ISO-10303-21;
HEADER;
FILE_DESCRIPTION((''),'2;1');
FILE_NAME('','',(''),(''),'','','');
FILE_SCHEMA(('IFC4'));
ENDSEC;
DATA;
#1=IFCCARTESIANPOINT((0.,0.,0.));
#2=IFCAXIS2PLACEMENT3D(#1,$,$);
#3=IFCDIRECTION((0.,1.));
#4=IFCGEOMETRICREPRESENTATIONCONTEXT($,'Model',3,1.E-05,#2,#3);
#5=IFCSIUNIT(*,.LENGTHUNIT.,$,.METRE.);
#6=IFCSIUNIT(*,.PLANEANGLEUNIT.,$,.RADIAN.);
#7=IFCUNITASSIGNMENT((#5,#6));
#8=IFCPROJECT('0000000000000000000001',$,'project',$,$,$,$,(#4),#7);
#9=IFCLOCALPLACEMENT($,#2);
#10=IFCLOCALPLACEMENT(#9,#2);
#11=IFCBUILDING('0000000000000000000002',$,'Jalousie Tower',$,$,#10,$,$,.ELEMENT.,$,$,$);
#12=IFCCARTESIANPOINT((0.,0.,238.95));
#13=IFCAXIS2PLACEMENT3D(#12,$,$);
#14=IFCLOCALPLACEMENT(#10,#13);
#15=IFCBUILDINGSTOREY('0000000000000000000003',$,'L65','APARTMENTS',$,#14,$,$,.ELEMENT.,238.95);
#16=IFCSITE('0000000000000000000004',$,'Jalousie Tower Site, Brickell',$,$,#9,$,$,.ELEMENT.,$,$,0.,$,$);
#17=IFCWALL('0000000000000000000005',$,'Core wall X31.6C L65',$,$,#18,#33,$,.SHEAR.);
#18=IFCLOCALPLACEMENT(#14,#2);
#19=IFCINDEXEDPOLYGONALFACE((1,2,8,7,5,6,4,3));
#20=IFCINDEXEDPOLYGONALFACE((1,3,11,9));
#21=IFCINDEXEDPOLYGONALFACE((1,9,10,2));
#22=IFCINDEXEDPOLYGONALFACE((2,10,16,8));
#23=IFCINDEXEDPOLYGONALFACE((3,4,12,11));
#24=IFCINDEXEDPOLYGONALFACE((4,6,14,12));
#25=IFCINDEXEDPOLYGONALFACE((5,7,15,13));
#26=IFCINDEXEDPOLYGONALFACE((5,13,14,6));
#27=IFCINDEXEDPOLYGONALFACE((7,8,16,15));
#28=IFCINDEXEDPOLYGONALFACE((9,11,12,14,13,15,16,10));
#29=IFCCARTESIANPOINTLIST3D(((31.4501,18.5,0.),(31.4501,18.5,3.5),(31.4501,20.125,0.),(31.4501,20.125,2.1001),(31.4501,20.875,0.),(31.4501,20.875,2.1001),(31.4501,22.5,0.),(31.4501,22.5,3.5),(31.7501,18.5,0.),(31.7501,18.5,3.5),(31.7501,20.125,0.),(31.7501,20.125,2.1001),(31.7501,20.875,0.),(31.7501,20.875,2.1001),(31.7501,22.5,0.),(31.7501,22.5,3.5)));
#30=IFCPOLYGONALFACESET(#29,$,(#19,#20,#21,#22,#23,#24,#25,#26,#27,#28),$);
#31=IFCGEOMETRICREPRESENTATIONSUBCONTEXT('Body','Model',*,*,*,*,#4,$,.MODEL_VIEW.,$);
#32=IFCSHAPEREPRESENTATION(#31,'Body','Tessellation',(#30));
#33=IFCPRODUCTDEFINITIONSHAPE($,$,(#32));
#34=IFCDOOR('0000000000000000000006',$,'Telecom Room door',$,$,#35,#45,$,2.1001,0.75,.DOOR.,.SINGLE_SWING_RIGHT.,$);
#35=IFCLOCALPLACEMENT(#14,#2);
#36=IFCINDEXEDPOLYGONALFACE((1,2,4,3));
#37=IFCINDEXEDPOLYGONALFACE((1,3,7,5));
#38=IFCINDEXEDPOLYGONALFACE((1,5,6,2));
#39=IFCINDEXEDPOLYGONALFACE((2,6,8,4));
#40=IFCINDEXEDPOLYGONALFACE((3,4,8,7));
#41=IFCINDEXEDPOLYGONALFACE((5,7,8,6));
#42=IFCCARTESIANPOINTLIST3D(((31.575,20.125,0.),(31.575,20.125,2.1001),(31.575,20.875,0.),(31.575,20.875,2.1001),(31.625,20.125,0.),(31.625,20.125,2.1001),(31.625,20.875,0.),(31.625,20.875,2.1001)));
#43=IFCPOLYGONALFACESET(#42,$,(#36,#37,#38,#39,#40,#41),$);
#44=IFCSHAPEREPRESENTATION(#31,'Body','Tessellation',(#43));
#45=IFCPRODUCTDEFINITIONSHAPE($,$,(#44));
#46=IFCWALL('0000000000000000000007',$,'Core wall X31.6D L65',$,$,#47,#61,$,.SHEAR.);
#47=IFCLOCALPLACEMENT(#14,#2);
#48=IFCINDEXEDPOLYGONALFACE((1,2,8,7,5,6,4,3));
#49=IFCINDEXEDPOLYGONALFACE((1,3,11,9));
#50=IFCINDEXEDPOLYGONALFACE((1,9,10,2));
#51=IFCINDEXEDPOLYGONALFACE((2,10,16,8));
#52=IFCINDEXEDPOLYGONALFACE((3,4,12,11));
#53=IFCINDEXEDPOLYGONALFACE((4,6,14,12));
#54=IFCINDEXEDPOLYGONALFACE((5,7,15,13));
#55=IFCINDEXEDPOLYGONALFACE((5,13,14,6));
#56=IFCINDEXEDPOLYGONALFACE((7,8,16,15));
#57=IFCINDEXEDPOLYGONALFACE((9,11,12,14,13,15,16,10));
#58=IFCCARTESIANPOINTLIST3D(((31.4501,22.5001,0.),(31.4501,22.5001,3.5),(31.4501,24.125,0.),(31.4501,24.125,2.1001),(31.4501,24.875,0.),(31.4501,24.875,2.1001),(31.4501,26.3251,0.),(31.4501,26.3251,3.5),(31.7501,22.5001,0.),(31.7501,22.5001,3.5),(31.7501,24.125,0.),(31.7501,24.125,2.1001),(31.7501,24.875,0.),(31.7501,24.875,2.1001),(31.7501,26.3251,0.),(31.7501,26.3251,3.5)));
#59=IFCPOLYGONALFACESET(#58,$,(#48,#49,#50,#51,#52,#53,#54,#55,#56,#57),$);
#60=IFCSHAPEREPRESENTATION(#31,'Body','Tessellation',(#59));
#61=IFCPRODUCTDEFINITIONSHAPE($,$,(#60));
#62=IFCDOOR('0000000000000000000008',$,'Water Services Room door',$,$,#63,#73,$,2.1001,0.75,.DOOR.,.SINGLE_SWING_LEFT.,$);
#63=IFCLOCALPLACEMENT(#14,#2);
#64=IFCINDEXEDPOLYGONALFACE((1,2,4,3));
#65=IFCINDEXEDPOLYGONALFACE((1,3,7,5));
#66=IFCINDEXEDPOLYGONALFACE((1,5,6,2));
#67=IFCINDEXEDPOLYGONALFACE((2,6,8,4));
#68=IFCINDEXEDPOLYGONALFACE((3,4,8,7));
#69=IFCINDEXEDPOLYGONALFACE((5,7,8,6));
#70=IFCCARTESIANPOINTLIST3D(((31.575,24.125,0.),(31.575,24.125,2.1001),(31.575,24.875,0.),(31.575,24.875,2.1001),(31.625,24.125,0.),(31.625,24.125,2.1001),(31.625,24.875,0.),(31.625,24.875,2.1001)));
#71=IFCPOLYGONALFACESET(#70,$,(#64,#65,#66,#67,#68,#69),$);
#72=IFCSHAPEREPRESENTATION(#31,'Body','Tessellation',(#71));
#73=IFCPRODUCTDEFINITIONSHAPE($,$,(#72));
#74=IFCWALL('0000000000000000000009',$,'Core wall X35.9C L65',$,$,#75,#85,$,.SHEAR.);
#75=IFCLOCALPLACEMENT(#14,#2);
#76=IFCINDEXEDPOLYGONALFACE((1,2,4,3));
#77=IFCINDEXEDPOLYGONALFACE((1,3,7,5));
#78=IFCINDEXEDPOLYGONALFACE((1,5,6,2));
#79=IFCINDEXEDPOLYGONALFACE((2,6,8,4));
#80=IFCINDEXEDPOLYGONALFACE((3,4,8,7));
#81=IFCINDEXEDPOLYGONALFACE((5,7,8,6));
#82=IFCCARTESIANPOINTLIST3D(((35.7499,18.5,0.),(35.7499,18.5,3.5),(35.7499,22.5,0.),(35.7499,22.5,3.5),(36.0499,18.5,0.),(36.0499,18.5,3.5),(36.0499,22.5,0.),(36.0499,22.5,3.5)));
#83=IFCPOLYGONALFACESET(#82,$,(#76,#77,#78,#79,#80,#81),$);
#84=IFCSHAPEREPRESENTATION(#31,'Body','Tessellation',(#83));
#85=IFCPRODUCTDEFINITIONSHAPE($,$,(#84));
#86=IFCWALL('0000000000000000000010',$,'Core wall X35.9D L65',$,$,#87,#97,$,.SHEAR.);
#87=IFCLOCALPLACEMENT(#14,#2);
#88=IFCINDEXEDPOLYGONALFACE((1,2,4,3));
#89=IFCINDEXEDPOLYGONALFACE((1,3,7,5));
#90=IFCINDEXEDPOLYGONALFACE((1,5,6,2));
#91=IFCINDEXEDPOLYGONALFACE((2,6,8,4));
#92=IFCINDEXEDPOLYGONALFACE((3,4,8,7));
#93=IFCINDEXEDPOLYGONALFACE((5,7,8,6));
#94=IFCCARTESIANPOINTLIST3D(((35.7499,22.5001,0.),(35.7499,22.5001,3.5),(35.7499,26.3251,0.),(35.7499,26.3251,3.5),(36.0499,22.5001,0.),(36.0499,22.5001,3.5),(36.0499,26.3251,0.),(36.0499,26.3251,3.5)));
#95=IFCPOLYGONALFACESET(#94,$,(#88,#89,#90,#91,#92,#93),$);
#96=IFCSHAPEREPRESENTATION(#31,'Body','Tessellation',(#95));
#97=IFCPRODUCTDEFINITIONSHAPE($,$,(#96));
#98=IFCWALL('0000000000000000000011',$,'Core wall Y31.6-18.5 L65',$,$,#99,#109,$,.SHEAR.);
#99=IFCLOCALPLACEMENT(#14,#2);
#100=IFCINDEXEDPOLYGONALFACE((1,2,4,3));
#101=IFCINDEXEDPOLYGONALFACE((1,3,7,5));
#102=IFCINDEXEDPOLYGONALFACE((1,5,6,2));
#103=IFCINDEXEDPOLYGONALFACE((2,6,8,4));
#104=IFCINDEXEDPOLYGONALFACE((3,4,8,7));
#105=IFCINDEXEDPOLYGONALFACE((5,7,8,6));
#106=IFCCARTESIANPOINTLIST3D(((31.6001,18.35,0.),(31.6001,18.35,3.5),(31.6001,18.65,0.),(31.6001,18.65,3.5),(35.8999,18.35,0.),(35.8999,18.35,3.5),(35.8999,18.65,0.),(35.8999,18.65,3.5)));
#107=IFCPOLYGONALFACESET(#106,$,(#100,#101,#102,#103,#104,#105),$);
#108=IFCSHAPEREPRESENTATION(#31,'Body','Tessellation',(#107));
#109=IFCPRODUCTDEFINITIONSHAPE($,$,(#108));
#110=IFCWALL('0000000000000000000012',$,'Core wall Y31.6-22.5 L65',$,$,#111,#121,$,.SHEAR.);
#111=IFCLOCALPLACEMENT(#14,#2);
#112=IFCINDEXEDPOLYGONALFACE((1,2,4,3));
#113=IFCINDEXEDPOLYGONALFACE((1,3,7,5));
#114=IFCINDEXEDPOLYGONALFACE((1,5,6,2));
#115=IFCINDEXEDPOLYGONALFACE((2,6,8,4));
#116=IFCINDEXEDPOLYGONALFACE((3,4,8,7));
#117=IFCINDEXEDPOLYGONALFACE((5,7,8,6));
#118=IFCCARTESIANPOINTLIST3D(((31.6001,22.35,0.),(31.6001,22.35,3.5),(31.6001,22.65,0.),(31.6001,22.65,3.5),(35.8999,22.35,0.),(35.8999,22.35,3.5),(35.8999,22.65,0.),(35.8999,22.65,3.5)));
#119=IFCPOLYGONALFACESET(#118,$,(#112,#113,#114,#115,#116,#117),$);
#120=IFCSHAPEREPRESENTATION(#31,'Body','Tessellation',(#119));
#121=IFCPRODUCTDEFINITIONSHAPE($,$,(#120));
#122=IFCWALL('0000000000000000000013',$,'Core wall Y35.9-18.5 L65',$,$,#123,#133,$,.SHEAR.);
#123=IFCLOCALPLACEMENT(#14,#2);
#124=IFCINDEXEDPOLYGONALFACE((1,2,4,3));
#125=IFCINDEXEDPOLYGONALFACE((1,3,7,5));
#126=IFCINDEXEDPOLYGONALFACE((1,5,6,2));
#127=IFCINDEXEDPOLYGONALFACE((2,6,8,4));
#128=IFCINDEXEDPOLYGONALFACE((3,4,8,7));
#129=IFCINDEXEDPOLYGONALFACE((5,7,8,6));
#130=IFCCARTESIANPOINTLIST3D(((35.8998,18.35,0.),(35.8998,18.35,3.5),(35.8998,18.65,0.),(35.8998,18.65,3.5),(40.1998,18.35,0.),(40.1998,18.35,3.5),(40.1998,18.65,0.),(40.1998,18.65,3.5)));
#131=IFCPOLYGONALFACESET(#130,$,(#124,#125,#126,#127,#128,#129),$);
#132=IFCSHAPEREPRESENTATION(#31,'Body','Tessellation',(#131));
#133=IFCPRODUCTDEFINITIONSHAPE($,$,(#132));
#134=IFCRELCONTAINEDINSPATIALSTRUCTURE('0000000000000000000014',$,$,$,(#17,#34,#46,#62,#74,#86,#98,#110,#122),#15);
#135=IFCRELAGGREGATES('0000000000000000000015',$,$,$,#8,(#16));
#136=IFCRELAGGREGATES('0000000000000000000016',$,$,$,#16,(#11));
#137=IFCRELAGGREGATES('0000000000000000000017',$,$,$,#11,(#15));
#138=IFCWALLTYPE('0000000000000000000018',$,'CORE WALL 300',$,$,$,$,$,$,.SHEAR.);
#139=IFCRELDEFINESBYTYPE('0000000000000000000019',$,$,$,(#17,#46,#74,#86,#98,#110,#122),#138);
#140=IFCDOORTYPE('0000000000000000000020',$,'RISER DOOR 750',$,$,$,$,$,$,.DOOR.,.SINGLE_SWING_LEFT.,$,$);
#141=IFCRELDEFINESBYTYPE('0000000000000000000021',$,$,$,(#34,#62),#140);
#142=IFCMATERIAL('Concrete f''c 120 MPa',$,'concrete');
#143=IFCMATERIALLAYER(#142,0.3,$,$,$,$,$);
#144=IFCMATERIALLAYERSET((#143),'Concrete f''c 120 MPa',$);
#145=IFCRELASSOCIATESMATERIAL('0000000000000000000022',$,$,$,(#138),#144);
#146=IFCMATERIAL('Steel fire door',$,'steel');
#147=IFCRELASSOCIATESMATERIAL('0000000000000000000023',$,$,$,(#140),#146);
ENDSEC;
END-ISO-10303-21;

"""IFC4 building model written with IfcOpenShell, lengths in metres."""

from ifc_helpers import new_model, si_unit, direction, frame, frame_2d, origin, place, context, subcontext, project, spatial, rectangle, extrude, material, layer, layer_set, type_object, element, fill, save


model = new_model("IFC4")

# Units and contexts
model_context = context("Model", 3, precision=1e-05, world=origin(), true_north=direction((0.0, 1.0)))
body_context = subcontext(model_context, "Body", "Model", "MODEL_VIEW")
ifc_project = project(units=[si_unit("LENGTHUNIT", "METRE"), si_unit("PLANEANGLEUNIT", "RADIAN")], contexts=[model_context])

# Site, building, storey
site_placement = place(None, origin())
site = spatial("IfcSite", under=ifc_project, at=site_placement, Name="Jalousie Tower Site, Brickell", CompositionType="ELEMENT", RefElevation=0.0)
building_placement = place(site_placement, origin())
building = spatial("IfcBuilding", under=site, at=building_placement, Name="Jalousie Tower", CompositionType="ELEMENT")
storey_placement = place(building_placement, frame((0.0, 0.0, 238.95)))
storey = spatial("IfcBuildingStorey", under=building, at=storey_placement, Name="L65", Description="APARTMENTS", CompositionType="ELEMENT", Elevation=238.95)

# Shared definitions
ifc_material_1 = material(Name="Concrete f'c 120 MPa", Category="concrete")
ifc_layer = layer(ifc_material_1, 0.3)
ifc_layer_set = layer_set([ifc_layer], Name="Concrete f'c 120 MPa")
wall_type_1 = type_object("IfcWallType", Name="CORE WALL 300", PredefinedType="SHEAR", material=ifc_layer_set)

# Walls, openings, doors
wall_1_placement = place(storey_placement, frame((31.6001, 18.5, 0.0), z_axis=(0.0, 0.0, 1.0), x_axis=(0.0, 1.0, 0.0)))
wall_1 = element("IfcWall", 1, at=wall_1_placement, inside=storey, type_object=wall_type_1, Name="Core wall X31.6C L65", PredefinedType="SHEAR", context=body_context, shape_type="SweptSolid", body=[
    extrude(rectangle(XDim=4.0, YDim=0.3, at=frame_2d((2.0, 0.0))), origin(), (0.0, 0.0, 1.0), 3.5),
])
opening_1_placement = place(wall_1_placement, frame((1.625, 0.0, 0.0)))
opening_1 = element("IfcOpeningElement", 2, at=opening_1_placement, cuts=wall_1, PredefinedType="OPENING", context=body_context, shape_type="SweptSolid", body=[
    extrude(rectangle(XDim=0.75, YDim=2.1001, at=frame_2d((0.375, 1.05))), frame((0.0, 0.1599, 0.0), z_axis=(0.0, -1.0, 0.0), x_axis=(1.0, 0.0, 0.0)), (0.0, 0.0, 1.0), 0.3201),
])
ifc_material_2 = material(Name="Steel fire door", Category="steel")
door_type_1 = type_object("IfcDoorType", Name="RISER DOOR 750", OperationType="SINGLE_SWING_LEFT", PredefinedType="DOOR", material=ifc_material_2)
door_1_placement = place(opening_1_placement, frame((0.75, 0.0, 0.0), z_axis=(0.0, 0.0, 1.0), x_axis=(-1.0, 0.0, 0.0)))
door_1 = element("IfcDoor", 3, at=door_1_placement, inside=storey, type_object=door_type_1, Name="Telecom Room door", OperationType="SINGLE_SWING_RIGHT", OverallHeight=2.1001, OverallWidth=0.75, PredefinedType="DOOR", context=body_context, shape_type="SweptSolid", body=[
    extrude(rectangle(XDim=0.75, YDim=2.1001, at=frame_2d((0.375, 1.05))), frame((0.0, 0.0249, 0.0), z_axis=(0.0, -1.0, 0.0), x_axis=(1.0, 0.0, 0.0)), (0.0, 0.0, 1.0), 0.05),
])
fill(opening_1, door_1)
wall_2_placement = place(storey_placement, frame((31.6001, 22.5, 0.0), z_axis=(0.0, 0.0, 1.0), x_axis=(0.0, 1.0, 0.0)))
wall_2 = element("IfcWall", 4, at=wall_2_placement, inside=storey, type_object=wall_type_1, Name="Core wall X31.6D L65", PredefinedType="SHEAR", context=body_context, shape_type="SweptSolid", body=[
    extrude(rectangle(XDim=3.825, YDim=0.3, at=frame_2d((1.9126, 0.0))), origin(), (0.0, 0.0, 1.0), 3.5),
])
opening_2_placement = place(wall_2_placement, frame((1.625, 0.0, 0.0)))
opening_2 = element("IfcOpeningElement", 5, at=opening_2_placement, cuts=wall_2, PredefinedType="OPENING", context=body_context, shape_type="SweptSolid", body=[
    extrude(rectangle(XDim=0.75, YDim=2.1001, at=frame_2d((0.375, 1.05))), frame((0.0, 0.1599, 0.0), z_axis=(0.0, -1.0, 0.0), x_axis=(1.0, 0.0, 0.0)), (0.0, 0.0, 1.0), 0.3201),
])
door_2_placement = place(opening_2_placement, frame((0.75, 0.0, 0.0), z_axis=(0.0, 0.0, 1.0), x_axis=(-1.0, 0.0, 0.0)))
door_2 = element("IfcDoor", 6, at=door_2_placement, inside=storey, type_object=door_type_1, Name="Water Services Room door", OperationType="SINGLE_SWING_LEFT", OverallHeight=2.1001, OverallWidth=0.75, PredefinedType="DOOR", context=body_context, shape_type="SweptSolid", body=[
    extrude(rectangle(XDim=0.75, YDim=2.1001, at=frame_2d((0.375, 1.05))), frame((0.0, 0.0249, 0.0), z_axis=(0.0, -1.0, 0.0), x_axis=(1.0, 0.0, 0.0)), (0.0, 0.0, 1.0), 0.05),
])
fill(opening_2, door_2)

# Walls
wall_3_placement = place(storey_placement, frame((35.8999, 18.5, 0.0), z_axis=(0.0, 0.0, 1.0), x_axis=(0.0, 1.0, 0.0)))
element("IfcWall", 7, at=wall_3_placement, inside=storey, type_object=wall_type_1, Name="Core wall X35.9C L65", PredefinedType="SHEAR", context=body_context, shape_type="SweptSolid", body=[
    extrude(rectangle(XDim=4.0, YDim=0.3, at=frame_2d((2.0, 0.0))), origin(), (0.0, 0.0, 1.0), 3.5),
])
wall_4_placement = place(storey_placement, frame((35.8999, 22.5, 0.0), z_axis=(0.0, 0.0, 1.0), x_axis=(0.0, 1.0, 0.0)))
element("IfcWall", 8, at=wall_4_placement, inside=storey, type_object=wall_type_1, Name="Core wall X35.9D L65", PredefinedType="SHEAR", context=body_context, shape_type="SweptSolid", body=[
    extrude(rectangle(XDim=3.825, YDim=0.3, at=frame_2d((1.9126, 0.0))), origin(), (0.0, 0.0, 1.0), 3.5),
])
for number, where, z_axis, x_axis, name in (
    (9, (31.6001, 18.5, 0.0), (0.0, 0.0, 1.0), (1.0, 0.0, 0.0), "Core wall Y31.6-18.5 L65"),
    (10, (31.6001, 22.5, 0.0), (0.0, 0.0, 1.0), (1.0, 0.0, 0.0), "Core wall Y31.6-22.5 L65"),
):
    element("IfcWall", number, at=place(storey_placement, frame(where, z_axis=z_axis, x_axis=x_axis)), inside=storey, type_object=wall_type_1, Name=name, PredefinedType="SHEAR", context=body_context, shape_type="SweptSolid", body=[
        extrude(rectangle(XDim=4.2998, YDim=0.3, at=frame_2d((2.1499, 0.0))), origin(), (0.0, 0.0, 1.0), 3.5),
    ])
wall_5_placement = place(storey_placement, frame((35.8999, 18.5, 0.0), z_axis=(0.0, 0.0, 1.0), x_axis=(1.0, 0.0, 0.0)))
element("IfcWall", 11, at=wall_5_placement, inside=storey, type_object=wall_type_1, Name="Core wall Y35.9-18.5 L65", PredefinedType="SHEAR", context=body_context, shape_type="SweptSolid", body=[
    extrude(rectangle(XDim=4.3, YDim=0.3, at=frame_2d((2.1499, 0.0))), origin(), (0.0, 0.0, 1.0), 3.5),
])

save(model, "model.ifc")
